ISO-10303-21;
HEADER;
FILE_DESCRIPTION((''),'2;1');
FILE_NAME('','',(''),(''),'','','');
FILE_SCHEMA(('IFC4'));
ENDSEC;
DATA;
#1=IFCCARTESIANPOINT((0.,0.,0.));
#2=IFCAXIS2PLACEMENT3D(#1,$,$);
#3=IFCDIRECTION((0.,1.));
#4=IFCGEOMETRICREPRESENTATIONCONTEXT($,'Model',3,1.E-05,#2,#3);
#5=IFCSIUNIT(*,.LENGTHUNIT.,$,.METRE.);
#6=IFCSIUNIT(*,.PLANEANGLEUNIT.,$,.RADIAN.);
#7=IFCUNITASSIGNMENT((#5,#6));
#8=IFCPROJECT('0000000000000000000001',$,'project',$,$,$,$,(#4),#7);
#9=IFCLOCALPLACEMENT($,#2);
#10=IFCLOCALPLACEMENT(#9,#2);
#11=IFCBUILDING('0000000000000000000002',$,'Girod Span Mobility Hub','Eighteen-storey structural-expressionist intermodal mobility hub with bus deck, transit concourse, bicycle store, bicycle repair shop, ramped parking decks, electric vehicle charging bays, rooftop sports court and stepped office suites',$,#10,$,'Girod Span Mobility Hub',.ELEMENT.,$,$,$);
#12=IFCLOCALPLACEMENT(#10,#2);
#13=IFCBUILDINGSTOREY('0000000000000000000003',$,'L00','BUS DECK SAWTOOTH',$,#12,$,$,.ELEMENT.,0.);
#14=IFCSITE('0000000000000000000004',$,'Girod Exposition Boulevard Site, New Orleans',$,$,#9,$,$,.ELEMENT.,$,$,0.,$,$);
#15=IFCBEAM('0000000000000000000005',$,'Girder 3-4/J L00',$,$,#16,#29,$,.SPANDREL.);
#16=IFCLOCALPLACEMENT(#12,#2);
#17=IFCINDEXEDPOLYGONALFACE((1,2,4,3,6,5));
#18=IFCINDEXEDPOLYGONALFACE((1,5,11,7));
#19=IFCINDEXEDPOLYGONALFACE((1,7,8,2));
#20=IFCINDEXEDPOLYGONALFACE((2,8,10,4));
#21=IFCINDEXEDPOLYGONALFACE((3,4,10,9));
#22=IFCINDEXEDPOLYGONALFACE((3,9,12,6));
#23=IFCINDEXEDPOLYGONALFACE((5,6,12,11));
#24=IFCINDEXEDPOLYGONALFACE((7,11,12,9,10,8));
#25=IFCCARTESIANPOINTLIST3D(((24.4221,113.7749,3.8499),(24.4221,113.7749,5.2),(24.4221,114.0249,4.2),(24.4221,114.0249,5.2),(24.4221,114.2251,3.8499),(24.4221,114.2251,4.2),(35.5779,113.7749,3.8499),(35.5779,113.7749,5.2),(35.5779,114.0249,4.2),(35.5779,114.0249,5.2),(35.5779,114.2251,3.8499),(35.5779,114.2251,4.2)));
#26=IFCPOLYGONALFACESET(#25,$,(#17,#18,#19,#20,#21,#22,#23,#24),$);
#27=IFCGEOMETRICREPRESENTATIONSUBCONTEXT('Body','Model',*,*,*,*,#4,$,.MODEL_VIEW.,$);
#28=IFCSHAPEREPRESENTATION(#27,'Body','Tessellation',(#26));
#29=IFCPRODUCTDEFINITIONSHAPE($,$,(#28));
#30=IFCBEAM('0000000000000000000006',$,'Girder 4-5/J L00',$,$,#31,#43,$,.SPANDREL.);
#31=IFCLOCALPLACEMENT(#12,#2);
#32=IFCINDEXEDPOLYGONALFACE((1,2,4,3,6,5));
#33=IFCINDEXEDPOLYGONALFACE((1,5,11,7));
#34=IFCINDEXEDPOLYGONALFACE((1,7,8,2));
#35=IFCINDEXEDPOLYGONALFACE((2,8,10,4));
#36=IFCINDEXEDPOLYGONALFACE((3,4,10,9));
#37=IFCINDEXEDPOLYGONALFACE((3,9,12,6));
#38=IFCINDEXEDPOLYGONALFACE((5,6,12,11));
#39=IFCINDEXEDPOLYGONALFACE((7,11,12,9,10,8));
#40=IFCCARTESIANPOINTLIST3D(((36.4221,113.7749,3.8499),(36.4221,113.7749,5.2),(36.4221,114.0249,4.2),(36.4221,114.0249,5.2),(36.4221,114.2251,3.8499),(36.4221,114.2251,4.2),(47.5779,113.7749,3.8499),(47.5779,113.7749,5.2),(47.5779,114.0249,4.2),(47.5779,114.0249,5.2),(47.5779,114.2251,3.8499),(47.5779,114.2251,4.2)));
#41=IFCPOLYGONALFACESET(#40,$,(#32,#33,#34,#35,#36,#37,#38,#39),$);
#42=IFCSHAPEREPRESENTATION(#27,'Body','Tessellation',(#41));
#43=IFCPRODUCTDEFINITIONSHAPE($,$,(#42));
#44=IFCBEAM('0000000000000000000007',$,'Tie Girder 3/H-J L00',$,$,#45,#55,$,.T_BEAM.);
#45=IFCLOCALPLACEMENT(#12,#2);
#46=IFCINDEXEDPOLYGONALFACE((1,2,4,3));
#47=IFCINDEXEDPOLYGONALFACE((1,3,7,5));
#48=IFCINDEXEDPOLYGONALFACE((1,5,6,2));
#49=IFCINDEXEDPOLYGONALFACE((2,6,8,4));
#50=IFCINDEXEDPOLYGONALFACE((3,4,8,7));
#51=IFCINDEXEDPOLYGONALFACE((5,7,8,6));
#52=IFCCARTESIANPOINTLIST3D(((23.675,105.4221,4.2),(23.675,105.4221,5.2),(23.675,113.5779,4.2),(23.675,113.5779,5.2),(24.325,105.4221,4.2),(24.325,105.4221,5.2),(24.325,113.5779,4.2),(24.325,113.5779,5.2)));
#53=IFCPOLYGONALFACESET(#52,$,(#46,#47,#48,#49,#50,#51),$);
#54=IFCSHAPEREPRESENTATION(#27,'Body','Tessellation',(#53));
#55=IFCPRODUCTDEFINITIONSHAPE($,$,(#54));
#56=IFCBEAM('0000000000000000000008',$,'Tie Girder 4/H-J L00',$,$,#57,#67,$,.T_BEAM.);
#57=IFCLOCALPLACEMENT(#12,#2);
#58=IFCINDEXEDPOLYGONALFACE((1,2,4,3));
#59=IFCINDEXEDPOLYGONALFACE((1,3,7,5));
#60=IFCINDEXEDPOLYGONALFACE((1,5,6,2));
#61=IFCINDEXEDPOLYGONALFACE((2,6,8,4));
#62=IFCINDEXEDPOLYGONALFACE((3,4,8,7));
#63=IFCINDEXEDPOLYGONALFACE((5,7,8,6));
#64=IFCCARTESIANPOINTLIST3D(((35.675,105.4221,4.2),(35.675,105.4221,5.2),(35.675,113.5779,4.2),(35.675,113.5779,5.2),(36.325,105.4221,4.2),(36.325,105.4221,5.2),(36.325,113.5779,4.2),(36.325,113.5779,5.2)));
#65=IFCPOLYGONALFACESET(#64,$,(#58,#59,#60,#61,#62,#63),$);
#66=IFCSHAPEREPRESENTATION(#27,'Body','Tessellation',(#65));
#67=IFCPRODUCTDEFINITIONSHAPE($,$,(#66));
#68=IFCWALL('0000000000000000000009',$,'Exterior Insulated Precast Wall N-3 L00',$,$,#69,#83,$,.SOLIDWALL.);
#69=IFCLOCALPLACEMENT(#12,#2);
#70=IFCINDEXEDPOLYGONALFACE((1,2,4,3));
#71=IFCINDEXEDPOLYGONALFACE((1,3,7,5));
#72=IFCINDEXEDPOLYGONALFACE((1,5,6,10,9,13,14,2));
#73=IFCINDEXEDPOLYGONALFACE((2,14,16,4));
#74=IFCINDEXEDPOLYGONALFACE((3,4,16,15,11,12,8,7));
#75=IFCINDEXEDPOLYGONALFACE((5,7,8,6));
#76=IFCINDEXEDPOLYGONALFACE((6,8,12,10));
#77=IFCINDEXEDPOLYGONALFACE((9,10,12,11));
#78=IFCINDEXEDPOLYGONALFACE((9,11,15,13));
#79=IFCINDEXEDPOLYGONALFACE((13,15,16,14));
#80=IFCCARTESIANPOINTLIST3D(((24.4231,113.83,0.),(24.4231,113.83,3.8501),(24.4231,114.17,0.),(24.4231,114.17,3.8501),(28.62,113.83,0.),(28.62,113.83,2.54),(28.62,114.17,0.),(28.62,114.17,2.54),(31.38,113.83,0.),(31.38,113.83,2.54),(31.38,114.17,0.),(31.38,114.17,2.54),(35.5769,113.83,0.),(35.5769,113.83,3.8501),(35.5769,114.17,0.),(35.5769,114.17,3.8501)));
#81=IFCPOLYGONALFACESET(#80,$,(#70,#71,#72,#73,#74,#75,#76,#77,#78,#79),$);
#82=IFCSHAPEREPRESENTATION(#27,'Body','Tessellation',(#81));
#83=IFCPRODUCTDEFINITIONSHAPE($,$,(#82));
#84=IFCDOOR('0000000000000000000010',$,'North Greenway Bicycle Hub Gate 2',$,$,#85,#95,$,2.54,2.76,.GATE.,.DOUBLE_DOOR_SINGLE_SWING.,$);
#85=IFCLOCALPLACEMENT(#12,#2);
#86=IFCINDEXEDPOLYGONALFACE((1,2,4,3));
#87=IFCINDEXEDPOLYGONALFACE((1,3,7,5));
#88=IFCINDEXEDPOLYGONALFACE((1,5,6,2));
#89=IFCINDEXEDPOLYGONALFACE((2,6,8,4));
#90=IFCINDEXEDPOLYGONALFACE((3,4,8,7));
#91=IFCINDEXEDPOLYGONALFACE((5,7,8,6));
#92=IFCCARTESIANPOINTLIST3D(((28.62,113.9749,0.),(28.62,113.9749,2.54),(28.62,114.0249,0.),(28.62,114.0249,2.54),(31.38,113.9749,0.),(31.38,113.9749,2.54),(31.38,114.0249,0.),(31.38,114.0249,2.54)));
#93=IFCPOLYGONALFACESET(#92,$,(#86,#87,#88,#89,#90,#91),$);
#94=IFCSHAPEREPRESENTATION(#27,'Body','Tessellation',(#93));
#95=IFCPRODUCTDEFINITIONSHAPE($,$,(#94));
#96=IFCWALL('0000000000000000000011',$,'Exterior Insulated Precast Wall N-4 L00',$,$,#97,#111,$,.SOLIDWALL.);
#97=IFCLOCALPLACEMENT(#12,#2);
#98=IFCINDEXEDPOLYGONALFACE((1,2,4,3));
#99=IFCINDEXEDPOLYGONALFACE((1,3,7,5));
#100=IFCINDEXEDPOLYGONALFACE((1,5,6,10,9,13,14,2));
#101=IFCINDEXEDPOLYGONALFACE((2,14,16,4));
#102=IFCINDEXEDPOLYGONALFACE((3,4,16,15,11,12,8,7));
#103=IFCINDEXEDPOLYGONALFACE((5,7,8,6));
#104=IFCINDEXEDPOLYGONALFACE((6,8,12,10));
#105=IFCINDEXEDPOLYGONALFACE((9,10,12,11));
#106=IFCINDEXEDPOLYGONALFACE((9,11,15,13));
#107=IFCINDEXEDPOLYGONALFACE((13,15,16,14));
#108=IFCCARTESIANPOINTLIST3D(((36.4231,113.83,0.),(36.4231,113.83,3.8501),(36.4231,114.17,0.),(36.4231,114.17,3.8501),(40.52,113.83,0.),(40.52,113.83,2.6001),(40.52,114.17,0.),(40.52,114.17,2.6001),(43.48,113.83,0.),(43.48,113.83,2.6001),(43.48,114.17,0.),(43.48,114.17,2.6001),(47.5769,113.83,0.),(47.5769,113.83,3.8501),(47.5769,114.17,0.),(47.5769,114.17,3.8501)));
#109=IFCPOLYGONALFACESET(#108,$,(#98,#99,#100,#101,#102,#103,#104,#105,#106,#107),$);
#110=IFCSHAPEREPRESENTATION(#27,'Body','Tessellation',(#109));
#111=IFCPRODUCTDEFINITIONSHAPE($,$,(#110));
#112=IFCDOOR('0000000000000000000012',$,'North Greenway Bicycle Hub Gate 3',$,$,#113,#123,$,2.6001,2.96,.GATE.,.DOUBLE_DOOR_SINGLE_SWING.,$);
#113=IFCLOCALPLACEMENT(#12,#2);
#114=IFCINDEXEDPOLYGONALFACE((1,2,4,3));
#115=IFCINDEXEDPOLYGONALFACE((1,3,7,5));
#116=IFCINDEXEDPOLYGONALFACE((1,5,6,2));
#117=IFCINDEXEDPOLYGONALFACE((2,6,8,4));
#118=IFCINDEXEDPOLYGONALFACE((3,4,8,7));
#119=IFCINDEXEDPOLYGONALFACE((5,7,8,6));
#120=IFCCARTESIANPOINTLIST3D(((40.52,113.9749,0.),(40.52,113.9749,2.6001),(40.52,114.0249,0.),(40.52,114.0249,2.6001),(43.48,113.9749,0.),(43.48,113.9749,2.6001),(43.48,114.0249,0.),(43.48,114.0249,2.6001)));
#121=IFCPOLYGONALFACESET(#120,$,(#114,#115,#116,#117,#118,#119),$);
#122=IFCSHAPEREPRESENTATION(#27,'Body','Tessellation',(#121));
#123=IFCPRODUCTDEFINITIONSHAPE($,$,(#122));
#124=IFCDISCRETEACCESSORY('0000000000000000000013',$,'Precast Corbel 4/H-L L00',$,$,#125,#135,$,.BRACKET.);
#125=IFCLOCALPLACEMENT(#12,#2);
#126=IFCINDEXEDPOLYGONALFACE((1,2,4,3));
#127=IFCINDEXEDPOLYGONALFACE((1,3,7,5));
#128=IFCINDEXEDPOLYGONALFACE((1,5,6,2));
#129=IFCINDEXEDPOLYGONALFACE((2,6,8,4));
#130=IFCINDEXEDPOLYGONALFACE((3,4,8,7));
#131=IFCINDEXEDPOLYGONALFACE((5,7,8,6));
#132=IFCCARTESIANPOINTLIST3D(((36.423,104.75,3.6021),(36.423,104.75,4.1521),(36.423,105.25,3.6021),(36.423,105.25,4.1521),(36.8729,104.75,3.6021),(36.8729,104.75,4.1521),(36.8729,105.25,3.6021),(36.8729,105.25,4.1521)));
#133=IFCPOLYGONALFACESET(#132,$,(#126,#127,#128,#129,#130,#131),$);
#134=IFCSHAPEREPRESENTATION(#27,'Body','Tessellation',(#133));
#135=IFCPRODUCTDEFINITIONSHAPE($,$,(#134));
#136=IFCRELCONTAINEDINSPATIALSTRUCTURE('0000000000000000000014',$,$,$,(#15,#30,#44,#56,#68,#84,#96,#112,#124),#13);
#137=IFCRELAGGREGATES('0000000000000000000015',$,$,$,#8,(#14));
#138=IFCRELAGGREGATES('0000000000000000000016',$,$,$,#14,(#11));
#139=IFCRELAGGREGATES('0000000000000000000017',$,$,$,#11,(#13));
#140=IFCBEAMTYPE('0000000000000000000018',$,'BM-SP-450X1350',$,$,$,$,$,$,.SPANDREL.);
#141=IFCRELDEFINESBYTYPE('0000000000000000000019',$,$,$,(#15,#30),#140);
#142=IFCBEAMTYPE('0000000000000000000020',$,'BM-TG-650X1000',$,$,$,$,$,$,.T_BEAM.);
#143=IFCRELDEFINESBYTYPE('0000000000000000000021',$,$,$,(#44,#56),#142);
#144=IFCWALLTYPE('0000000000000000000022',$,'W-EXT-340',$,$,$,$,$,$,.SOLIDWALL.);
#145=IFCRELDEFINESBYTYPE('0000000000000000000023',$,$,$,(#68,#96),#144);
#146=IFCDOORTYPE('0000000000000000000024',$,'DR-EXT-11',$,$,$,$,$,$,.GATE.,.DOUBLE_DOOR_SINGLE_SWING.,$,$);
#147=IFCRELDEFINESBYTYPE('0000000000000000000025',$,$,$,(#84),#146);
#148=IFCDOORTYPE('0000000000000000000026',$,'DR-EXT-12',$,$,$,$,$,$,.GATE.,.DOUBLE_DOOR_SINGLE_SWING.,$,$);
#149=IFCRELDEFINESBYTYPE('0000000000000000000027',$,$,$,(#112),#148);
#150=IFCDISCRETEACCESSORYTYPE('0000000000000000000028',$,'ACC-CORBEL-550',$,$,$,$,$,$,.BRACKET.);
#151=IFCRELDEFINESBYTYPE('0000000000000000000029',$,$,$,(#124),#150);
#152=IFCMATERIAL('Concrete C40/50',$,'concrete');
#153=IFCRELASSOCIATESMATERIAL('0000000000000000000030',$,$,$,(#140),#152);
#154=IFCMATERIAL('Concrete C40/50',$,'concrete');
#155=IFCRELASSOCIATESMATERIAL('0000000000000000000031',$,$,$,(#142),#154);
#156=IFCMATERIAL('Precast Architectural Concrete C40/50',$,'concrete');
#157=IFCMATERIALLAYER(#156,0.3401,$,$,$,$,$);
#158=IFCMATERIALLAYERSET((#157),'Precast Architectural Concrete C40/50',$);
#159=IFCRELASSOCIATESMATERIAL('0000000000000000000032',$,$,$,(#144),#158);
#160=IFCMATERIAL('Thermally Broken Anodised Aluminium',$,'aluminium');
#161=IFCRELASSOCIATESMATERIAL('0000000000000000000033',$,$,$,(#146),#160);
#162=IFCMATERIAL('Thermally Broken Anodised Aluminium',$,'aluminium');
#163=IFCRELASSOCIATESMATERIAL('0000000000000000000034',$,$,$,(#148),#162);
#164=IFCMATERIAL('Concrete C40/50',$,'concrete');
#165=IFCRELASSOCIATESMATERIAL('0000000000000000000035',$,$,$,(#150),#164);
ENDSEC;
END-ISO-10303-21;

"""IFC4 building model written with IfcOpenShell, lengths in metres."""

from ifc_helpers import new_model, si_unit, direction, frame, frame_2d, origin, origin_2d, place, context, subcontext, project, spatial, polyline, rectangle, outline, extrude, material, layer, layer_set, material_profile, profile_set, type_object, element, fill, save


model = new_model("IFC4")

# Units and contexts
model_context = context("Model", 3, precision=1e-05, world=origin(), true_north=direction((0.0, 1.0)))
body_context = subcontext(model_context, "Body", "Model", "MODEL_VIEW")
ifc_project = project(units=[si_unit("LENGTHUNIT", "METRE"), si_unit("PLANEANGLEUNIT", "RADIAN")], contexts=[model_context])

# Site, building, storey
site_placement = place(None, origin())
site = spatial("IfcSite", under=ifc_project, at=site_placement, Name="Girod Exposition Boulevard Site, New Orleans", CompositionType="ELEMENT", RefElevation=0.0)
building_placement = place(site_placement, origin())
building = spatial("IfcBuilding", under=site, at=building_placement, Name="Girod Span Mobility Hub", Description="Eighteen-storey structural-expressionist intermodal mobility hub with bus deck, transit concourse, bicycle store, bicycle repair shop, ramped parking decks, electric vehicle charging bays, rooftop sports court and stepped office suites", LongName="Girod Span Mobility Hub", CompositionType="ELEMENT")
storey_placement = place(building_placement, origin())
storey = spatial("IfcBuildingStorey", under=building, at=storey_placement, Name="L00", Description="BUS DECK SAWTOOTH", CompositionType="ELEMENT", Elevation=0.0)

# Beams
ifc_material_1 = material(Name="Concrete C40/50", Category="concrete")
ifc_material_profile_1 = material_profile(ifc_material_1, outline(polyline([(-0.2251, -0.675), (0.2251, -0.675), (0.2251, -0.325), (0.0249, -0.325), (0.0249, 0.675), (-0.2251, 0.675), (-0.2251, -0.675)])), Name="SP-450X1350")
ifc_profile_set_1 = profile_set([ifc_material_profile_1], Name="Concrete C40/50")
beam_type_1 = type_object("IfcBeamType", Name="BM-SP-450X1350", PredefinedType="SPANDREL", material=ifc_profile_set_1)
for number, where, z_axis, x_axis, name in (
    (1, (24.4221, 114.0, 4.5249), (1.0, 0.0, 0.0), (0.0, 1.0, 0.0), "Girder 3-4/J L00"),
    (2, (36.4221, 114.0, 4.5249), (1.0, 0.0, 0.0), (0.0, 1.0, 0.0), "Girder 4-5/J L00"),
):
    element("IfcBeam", number, at=place(storey_placement, frame(where, z_axis=z_axis, x_axis=x_axis)), inside=storey, type_object=beam_type_1, Name=name, PredefinedType="SPANDREL", context=body_context, shape_type="SweptSolid", body=[
        extrude(outline(polyline([(-0.2251, -0.675), (0.2251, -0.675), (0.2251, -0.325), (0.0249, -0.325), (0.0249, 0.675), (-0.2251, 0.675), (-0.2251, -0.675)])), origin(), (0.0, 0.0, 1.0), 11.1558),
    ])
ifc_material_2 = material(Name="Concrete C40/50", Category="concrete")
ifc_material_profile_2 = material_profile(ifc_material_2, rectangle(XDim=0.6499, YDim=1.0, at=origin_2d()), Name="TG-650X1000")
ifc_profile_set_2 = profile_set([ifc_material_profile_2], Name="Concrete C40/50")
beam_type_2 = type_object("IfcBeamType", Name="BM-TG-650X1000", PredefinedType="T_BEAM", material=ifc_profile_set_2)
for number, where, z_axis, x_axis, name in (
    (3, (24.0, 105.4221, 4.7), (0.0, 1.0, 0.0), (-1.0, 0.0, 0.0), "Tie Girder 3/H-J L00"),
    (4, (36.0, 105.4221, 4.7), (0.0, 1.0, 0.0), (-1.0, 0.0, 0.0), "Tie Girder 4/H-J L00"),
):
    element("IfcBeam", number, at=place(storey_placement, frame(where, z_axis=z_axis, x_axis=x_axis)), inside=storey, type_object=beam_type_2, Name=name, PredefinedType="T_BEAM", context=body_context, shape_type="SweptSolid", body=[
        extrude(rectangle(XDim=0.6499, YDim=1.0, at=origin_2d()), origin(), (0.0, 0.0, 1.0), 8.1558),
    ])

# Walls, openings, doors
ifc_material_3 = material(Name="Precast Architectural Concrete C40/50", Category="concrete")
ifc_layer = layer(ifc_material_3, 0.3401)
ifc_layer_set = layer_set([ifc_layer], Name="Precast Architectural Concrete C40/50")
wall_type = type_object("IfcWallType", Name="W-EXT-340", PredefinedType="SOLIDWALL", material=ifc_layer_set)
wall_1_placement = place(storey_placement, frame((24.4231, 114.0, 0.0), z_axis=(0.0, 0.0, 1.0), x_axis=(1.0, 0.0, 0.0)))
wall_1 = element("IfcWall", 5, at=wall_1_placement, inside=storey, type_object=wall_type, Name="Exterior Insulated Precast Wall N-3 L00", PredefinedType="SOLIDWALL", context=body_context, shape_type="SweptSolid", body=[
    extrude(rectangle(XDim=11.1538, YDim=0.3401, at=frame_2d((5.5769, 0.0))), origin(), (0.0, 0.0, 1.0), 3.8501),
])
opening_1_placement = place(wall_1_placement, frame((4.197, 0.0, 0.0)))
opening_1 = element("IfcOpeningElement", 6, at=opening_1_placement, cuts=wall_1, PredefinedType="OPENING", context=body_context, shape_type="SweptSolid", body=[
    extrude(rectangle(XDim=2.76, YDim=2.54, at=frame_2d((1.3799, 1.27))), frame((0.0, 0.1851, 0.0), z_axis=(0.0, -1.0, 0.0), x_axis=(1.0, 0.0, 0.0)), (0.0, 0.0, 1.0), 0.3701),
])
ifc_material_4 = material(Name="Thermally Broken Anodised Aluminium", Category="aluminium")
door_type_1 = type_object("IfcDoorType", Name="DR-EXT-11", OperationType="DOUBLE_DOOR_SINGLE_SWING", PredefinedType="GATE", material=ifc_material_4)
door_1_placement = place(opening_1_placement, origin())
door_1 = element("IfcDoor", 7, at=door_1_placement, inside=storey, type_object=door_type_1, Name="North Greenway Bicycle Hub Gate 2", OperationType="DOUBLE_DOOR_SINGLE_SWING", OverallHeight=2.54, OverallWidth=2.76, PredefinedType="GATE", context=body_context, shape_type="SweptSolid", body=[
    extrude(rectangle(XDim=2.76, YDim=2.54, at=frame_2d((1.3799, 1.27))), frame((0.0, 0.0249, 0.0), z_axis=(0.0, -1.0, 0.0), x_axis=(1.0, 0.0, 0.0)), (0.0, 0.0, 1.0), 0.05),
])
fill(opening_1, door_1)
wall_2_placement = place(storey_placement, frame((36.4231, 114.0, 0.0), z_axis=(0.0, 0.0, 1.0), x_axis=(1.0, 0.0, 0.0)))
wall_2 = element("IfcWall", 8, at=wall_2_placement, inside=storey, type_object=wall_type, Name="Exterior Insulated Precast Wall N-4 L00", PredefinedType="SOLIDWALL", context=body_context, shape_type="SweptSolid", body=[
    extrude(rectangle(XDim=11.1538, YDim=0.3401, at=frame_2d((5.5769, 0.0))), origin(), (0.0, 0.0, 1.0), 3.8501),
])
opening_2_placement = place(wall_2_placement, frame((4.0969, 0.0, 0.0)))
opening_2 = element("IfcOpeningElement", 9, at=opening_2_placement, cuts=wall_2, PredefinedType="OPENING", context=body_context, shape_type="SweptSolid", body=[
    extrude(rectangle(XDim=2.96, YDim=2.6001, at=frame_2d((1.48, 1.3))), frame((0.0, 0.1851, 0.0), z_axis=(0.0, -1.0, 0.0), x_axis=(1.0, 0.0, 0.0)), (0.0, 0.0, 1.0), 0.3701),
])
ifc_material_5 = material(Name="Thermally Broken Anodised Aluminium", Category="aluminium")
door_type_2 = type_object("IfcDoorType", Name="DR-EXT-12", OperationType="DOUBLE_DOOR_SINGLE_SWING", PredefinedType="GATE", material=ifc_material_5)
door_2_placement = place(opening_2_placement, origin())
door_2 = element("IfcDoor", 10, at=door_2_placement, inside=storey, type_object=door_type_2, Name="North Greenway Bicycle Hub Gate 3", OperationType="DOUBLE_DOOR_SINGLE_SWING", OverallHeight=2.6001, OverallWidth=2.96, PredefinedType="GATE", context=body_context, shape_type="SweptSolid", body=[
    extrude(rectangle(XDim=2.96, YDim=2.6001, at=frame_2d((1.48, 1.3))), frame((0.0, 0.0249, 0.0), z_axis=(0.0, -1.0, 0.0), x_axis=(1.0, 0.0, 0.0)), (0.0, 0.0, 1.0), 0.05),
])
fill(opening_2, door_2)

# Discrete accessory
ifc_material_6 = material(Name="Concrete C40/50", Category="concrete")
discrete_accessory_type = type_object("IfcDiscreteAccessoryType", Name="ACC-CORBEL-550", PredefinedType="BRACKET", material=ifc_material_6)
discrete_accessory_placement = place(storey_placement, frame((36.6479, 105.0, 3.6021), z_axis=(0.0, 0.0, 1.0), x_axis=(1.0, 0.0, 0.0)))
element("IfcDiscreteAccessory", 11, at=discrete_accessory_placement, inside=storey, type_object=discrete_accessory_type, Name="Precast Corbel 4/H-L L00", PredefinedType="BRACKET", context=body_context, shape_type="SweptSolid", body=[
    extrude(rectangle(XDim=0.45, YDim=0.5, at=origin_2d()), origin(), (0.0, 0.0, 1.0), 0.55),
])

save(model, "model.ifc")
